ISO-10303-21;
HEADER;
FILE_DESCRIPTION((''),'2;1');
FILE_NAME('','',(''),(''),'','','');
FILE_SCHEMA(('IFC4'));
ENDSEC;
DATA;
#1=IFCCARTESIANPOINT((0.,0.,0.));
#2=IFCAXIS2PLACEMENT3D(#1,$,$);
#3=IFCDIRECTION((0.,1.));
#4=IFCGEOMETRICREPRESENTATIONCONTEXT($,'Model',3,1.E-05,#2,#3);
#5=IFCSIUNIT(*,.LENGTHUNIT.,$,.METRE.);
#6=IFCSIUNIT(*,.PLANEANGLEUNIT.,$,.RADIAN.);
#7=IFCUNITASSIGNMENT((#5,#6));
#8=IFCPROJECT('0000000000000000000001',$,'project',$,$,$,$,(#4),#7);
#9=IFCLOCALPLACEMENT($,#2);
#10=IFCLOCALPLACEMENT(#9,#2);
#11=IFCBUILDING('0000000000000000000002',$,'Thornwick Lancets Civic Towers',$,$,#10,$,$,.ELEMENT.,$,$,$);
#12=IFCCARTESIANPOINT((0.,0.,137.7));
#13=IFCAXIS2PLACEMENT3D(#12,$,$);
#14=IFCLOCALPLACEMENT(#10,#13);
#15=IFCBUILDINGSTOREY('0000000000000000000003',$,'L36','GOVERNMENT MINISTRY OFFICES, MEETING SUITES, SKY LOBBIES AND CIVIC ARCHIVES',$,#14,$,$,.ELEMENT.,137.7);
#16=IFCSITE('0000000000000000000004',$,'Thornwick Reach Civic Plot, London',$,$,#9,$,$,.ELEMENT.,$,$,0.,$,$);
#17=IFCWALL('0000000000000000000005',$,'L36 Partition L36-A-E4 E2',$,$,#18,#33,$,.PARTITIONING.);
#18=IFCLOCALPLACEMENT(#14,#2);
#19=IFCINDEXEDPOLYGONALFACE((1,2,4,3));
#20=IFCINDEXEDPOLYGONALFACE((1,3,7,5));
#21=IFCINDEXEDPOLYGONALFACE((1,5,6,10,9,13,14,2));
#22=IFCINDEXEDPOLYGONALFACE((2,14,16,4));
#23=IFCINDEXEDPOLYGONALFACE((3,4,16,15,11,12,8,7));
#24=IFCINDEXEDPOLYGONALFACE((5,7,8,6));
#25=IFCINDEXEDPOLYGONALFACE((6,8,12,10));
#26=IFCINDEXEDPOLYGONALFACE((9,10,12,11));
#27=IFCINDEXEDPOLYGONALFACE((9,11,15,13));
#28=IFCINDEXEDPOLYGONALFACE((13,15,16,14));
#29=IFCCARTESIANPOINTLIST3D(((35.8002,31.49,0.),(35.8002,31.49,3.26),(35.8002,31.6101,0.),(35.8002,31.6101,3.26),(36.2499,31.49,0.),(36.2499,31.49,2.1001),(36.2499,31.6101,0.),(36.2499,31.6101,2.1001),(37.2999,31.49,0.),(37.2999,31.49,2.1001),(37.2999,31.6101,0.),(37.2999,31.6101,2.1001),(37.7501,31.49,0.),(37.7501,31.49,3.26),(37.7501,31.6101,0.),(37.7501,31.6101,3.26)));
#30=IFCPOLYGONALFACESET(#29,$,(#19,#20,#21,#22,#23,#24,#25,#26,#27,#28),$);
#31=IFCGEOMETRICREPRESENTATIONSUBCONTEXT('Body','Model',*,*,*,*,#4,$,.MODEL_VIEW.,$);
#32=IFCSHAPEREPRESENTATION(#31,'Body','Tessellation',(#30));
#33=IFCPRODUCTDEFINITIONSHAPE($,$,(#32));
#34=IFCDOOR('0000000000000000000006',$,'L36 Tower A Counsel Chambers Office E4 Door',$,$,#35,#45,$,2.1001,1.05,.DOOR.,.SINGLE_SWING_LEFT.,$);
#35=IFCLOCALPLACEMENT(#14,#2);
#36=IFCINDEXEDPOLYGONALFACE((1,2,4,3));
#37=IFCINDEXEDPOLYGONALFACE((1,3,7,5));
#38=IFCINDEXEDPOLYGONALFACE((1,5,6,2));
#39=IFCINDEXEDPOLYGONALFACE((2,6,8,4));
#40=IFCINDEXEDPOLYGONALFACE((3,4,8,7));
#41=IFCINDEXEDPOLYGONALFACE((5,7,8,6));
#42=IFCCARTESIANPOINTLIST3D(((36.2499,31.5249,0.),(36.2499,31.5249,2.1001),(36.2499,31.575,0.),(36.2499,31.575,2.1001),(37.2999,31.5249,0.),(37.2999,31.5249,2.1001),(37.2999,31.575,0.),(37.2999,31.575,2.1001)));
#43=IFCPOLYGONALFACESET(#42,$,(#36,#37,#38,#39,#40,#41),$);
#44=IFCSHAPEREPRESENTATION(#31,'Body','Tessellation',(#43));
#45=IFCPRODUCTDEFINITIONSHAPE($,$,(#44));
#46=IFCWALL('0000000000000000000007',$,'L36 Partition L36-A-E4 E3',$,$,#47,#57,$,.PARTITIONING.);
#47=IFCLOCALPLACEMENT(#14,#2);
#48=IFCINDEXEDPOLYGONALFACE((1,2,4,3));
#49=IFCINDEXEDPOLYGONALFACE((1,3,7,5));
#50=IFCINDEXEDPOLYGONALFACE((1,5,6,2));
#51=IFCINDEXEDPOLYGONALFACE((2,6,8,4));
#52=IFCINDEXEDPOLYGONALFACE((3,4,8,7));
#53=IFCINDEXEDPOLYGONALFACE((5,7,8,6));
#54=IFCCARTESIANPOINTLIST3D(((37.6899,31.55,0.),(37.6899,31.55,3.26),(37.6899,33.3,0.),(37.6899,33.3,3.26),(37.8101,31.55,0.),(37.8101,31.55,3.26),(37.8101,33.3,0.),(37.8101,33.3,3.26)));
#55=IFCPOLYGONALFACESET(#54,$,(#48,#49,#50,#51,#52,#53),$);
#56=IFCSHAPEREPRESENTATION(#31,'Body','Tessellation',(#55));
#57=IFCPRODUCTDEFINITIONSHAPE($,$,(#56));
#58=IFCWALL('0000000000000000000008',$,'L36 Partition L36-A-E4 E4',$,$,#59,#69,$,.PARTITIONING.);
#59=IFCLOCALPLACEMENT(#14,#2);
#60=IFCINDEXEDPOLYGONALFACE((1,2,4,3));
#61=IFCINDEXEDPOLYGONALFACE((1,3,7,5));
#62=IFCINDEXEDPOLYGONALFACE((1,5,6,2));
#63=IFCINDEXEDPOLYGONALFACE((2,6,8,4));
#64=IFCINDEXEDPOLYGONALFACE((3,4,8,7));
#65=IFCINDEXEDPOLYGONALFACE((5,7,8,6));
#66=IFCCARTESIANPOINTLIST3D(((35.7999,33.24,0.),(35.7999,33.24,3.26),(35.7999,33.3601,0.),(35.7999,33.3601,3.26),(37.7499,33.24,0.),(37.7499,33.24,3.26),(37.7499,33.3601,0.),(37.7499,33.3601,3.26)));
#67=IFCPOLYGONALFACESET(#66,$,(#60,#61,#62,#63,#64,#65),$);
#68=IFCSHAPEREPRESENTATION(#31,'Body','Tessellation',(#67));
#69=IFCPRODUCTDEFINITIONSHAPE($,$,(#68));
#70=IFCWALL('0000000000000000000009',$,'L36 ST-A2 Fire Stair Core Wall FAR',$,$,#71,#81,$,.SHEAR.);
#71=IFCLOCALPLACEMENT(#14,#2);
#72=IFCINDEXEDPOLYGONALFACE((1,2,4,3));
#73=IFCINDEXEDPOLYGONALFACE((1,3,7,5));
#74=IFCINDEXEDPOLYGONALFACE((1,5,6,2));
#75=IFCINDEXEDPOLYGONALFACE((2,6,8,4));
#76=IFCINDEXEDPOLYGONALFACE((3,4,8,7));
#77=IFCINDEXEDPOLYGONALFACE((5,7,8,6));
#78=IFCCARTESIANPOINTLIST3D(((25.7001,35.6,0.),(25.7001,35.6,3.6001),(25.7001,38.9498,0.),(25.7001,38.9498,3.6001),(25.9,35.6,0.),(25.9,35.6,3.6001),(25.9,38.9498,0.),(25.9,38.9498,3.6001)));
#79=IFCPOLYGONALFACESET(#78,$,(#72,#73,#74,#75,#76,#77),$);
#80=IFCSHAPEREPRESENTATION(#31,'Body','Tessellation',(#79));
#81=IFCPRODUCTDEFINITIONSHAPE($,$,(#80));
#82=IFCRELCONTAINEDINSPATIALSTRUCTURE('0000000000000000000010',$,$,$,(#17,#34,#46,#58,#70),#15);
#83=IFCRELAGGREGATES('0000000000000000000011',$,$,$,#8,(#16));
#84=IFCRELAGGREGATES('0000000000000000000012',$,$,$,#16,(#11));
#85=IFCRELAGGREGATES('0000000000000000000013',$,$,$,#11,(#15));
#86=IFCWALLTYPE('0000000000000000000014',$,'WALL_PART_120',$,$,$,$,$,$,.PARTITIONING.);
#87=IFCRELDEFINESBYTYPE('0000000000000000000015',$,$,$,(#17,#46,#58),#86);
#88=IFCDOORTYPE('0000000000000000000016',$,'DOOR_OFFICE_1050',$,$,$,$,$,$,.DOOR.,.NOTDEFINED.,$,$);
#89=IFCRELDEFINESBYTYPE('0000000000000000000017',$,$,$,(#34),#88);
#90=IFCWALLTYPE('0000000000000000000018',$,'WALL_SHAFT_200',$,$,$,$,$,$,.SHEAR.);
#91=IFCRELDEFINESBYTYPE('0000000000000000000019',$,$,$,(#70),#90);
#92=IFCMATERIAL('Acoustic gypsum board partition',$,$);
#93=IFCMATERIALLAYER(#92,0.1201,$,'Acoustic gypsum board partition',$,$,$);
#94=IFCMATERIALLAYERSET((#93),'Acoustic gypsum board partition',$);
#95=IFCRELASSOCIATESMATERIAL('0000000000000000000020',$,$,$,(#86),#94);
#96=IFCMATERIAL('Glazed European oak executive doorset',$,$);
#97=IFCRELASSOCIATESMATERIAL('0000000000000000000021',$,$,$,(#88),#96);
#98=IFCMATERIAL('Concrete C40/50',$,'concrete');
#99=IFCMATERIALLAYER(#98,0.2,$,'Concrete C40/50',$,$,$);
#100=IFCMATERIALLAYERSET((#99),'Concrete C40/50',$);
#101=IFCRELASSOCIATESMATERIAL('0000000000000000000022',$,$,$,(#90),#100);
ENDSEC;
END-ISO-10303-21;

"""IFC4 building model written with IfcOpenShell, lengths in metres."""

from ifc_helpers import new_model, si_unit, direction, frame, frame_2d, origin, place, context, subcontext, project, spatial, rectangle, extrude, material, layer, layer_set, type_object, element, fill, save


model = new_model("IFC4")

# Units and contexts
model_context = context("Model", 3, precision=1e-05, world=origin(), true_north=direction((0.0, 1.0)))
body_context = subcontext(model_context, "Body", "Model", "MODEL_VIEW")
ifc_project = project(units=[si_unit("LENGTHUNIT", "METRE"), si_unit("PLANEANGLEUNIT", "RADIAN")], contexts=[model_context])

# Site, building, storey
site_placement = place(None, origin())
site = spatial("IfcSite", under=ifc_project, at=site_placement, Name="Thornwick Reach Civic Plot, London", CompositionType="ELEMENT", RefElevation=0.0)
building_placement = place(site_placement, origin())
building = spatial("IfcBuilding", under=site, at=building_placement, Name="Thornwick Lancets Civic Towers", CompositionType="ELEMENT")
storey_placement = place(building_placement, frame((0.0, 0.0, 137.7)))
storey = spatial("IfcBuildingStorey", under=building, at=storey_placement, Name="L36", Description="GOVERNMENT MINISTRY OFFICES, MEETING SUITES, SKY LOBBIES AND CIVIC ARCHIVES", CompositionType="ELEMENT", Elevation=137.7)

# Shared definitions
ifc_material_1 = material(Name="Acoustic gypsum board partition")
ifc_layer_1 = layer(ifc_material_1, 0.1201, Name="Acoustic gypsum board partition")
ifc_layer_set_1 = layer_set([ifc_layer_1], Name="Acoustic gypsum board partition")
wall_type_1 = type_object("IfcWallType", Name="WALL_PART_120", PredefinedType="PARTITIONING", material=ifc_layer_set_1)

# Wall, opening, door
wall_1_placement = place(storey_placement, frame((35.8, 31.55, 0.0), z_axis=(0.0, 0.0, 1.0), x_axis=(1.0, 0.0, 0.0)))
wall_1 = element("IfcWall", 1, at=wall_1_placement, inside=storey, type_object=wall_type_1, Name="L36 Partition L36-A-E4 E2", PredefinedType="PARTITIONING", context=body_context, shape_type="SweptSolid", body=[
    extrude(rectangle(XDim=1.95, YDim=0.1201, at=frame_2d((0.9751, 0.0))), origin(), (0.0, 0.0, 1.0), 3.26),
])
opening_1_placement = place(wall_1_placement, frame((0.45, 0.0, 0.0)))
opening_1 = element("IfcOpeningElement", 2, at=opening_1_placement, cuts=wall_1, PredefinedType="OPENING", context=body_context, shape_type="SweptSolid", body=[
    extrude(rectangle(XDim=1.05, YDim=2.1001, at=frame_2d((0.5249, 1.05))), frame((0.0, 0.0701, 0.0), z_axis=(0.0, -1.0, 0.0), x_axis=(1.0, 0.0, 0.0)), (0.0, 0.0, 1.0), 0.1401),
])
ifc_material_2 = material(Name="Glazed European oak executive doorset")
door_type_1 = type_object("IfcDoorType", Name="DOOR_OFFICE_1050", OperationType="NOTDEFINED", PredefinedType="DOOR", material=ifc_material_2)
door_1_placement = place(opening_1_placement, origin())
door_1 = element("IfcDoor", 3, at=door_1_placement, inside=storey, type_object=door_type_1, Name="L36 Tower A Counsel Chambers Office E4 Door", OperationType="SINGLE_SWING_LEFT", OverallHeight=2.1001, OverallWidth=1.05, PredefinedType="DOOR", context=body_context, shape_type="SweptSolid", body=[
    extrude(rectangle(XDim=1.05, YDim=2.1001, at=frame_2d((0.5249, 1.05))), frame((0.0, 0.0249, 0.0), z_axis=(0.0, -1.0, 0.0), x_axis=(1.0, 0.0, 0.0)), (0.0, 0.0, 1.0), 0.05),
])
fill(opening_1, door_1)

# Walls
wall_2_placement = place(storey_placement, frame((37.75, 31.55, 0.0), z_axis=(0.0, 0.0, 1.0), x_axis=(0.0, 1.0, 0.0)))
element("IfcWall", 4, at=wall_2_placement, inside=storey, type_object=wall_type_1, Name="L36 Partition L36-A-E4 E3", PredefinedType="PARTITIONING", context=body_context, shape_type="SweptSolid", body=[
    extrude(rectangle(XDim=1.75, YDim=0.1201, at=frame_2d((0.875, 0.0))), origin(), (0.0, 0.0, 1.0), 3.26),
])
wall_3_placement = place(storey_placement, frame((37.75, 33.3, 0.0), z_axis=(0.0, 0.0, 1.0), x_axis=(-1.0, 0.0, 0.0)))
element("IfcWall", 5, at=wall_3_placement, inside=storey, type_object=wall_type_1, Name="L36 Partition L36-A-E4 E4", PredefinedType="PARTITIONING", context=body_context, shape_type="SweptSolid", body=[
    extrude(rectangle(XDim=1.95, YDim=0.1201, at=frame_2d((0.9751, 0.0))), origin(), (0.0, 0.0, 1.0), 3.26),
])
ifc_material_3 = material(Name="Concrete C40/50", Category="concrete")
ifc_layer_2 = layer(ifc_material_3, 0.2, Name="Concrete C40/50")
ifc_layer_set_2 = layer_set([ifc_layer_2], Name="Concrete C40/50")
wall_type_2 = type_object("IfcWallType", Name="WALL_SHAFT_200", PredefinedType="SHEAR", material=ifc_layer_set_2)
wall_4_placement = place(storey_placement, frame((25.8, 35.6001, 0.0), z_axis=(0.0, 0.0, 1.0), x_axis=(0.0, 1.0, 0.0)))
element("IfcWall", 6, at=wall_4_placement, inside=storey, type_object=wall_type_2, Name="L36 ST-A2 Fire Stair Core Wall FAR", PredefinedType="SHEAR", context=body_context, shape_type="SweptSolid", body=[
    extrude(rectangle(XDim=3.3499, YDim=0.2, at=frame_2d((1.6748, 0.0))), origin(), (0.0, 0.0, 1.0), 3.6001),
])

save(model, "model.ifc")
